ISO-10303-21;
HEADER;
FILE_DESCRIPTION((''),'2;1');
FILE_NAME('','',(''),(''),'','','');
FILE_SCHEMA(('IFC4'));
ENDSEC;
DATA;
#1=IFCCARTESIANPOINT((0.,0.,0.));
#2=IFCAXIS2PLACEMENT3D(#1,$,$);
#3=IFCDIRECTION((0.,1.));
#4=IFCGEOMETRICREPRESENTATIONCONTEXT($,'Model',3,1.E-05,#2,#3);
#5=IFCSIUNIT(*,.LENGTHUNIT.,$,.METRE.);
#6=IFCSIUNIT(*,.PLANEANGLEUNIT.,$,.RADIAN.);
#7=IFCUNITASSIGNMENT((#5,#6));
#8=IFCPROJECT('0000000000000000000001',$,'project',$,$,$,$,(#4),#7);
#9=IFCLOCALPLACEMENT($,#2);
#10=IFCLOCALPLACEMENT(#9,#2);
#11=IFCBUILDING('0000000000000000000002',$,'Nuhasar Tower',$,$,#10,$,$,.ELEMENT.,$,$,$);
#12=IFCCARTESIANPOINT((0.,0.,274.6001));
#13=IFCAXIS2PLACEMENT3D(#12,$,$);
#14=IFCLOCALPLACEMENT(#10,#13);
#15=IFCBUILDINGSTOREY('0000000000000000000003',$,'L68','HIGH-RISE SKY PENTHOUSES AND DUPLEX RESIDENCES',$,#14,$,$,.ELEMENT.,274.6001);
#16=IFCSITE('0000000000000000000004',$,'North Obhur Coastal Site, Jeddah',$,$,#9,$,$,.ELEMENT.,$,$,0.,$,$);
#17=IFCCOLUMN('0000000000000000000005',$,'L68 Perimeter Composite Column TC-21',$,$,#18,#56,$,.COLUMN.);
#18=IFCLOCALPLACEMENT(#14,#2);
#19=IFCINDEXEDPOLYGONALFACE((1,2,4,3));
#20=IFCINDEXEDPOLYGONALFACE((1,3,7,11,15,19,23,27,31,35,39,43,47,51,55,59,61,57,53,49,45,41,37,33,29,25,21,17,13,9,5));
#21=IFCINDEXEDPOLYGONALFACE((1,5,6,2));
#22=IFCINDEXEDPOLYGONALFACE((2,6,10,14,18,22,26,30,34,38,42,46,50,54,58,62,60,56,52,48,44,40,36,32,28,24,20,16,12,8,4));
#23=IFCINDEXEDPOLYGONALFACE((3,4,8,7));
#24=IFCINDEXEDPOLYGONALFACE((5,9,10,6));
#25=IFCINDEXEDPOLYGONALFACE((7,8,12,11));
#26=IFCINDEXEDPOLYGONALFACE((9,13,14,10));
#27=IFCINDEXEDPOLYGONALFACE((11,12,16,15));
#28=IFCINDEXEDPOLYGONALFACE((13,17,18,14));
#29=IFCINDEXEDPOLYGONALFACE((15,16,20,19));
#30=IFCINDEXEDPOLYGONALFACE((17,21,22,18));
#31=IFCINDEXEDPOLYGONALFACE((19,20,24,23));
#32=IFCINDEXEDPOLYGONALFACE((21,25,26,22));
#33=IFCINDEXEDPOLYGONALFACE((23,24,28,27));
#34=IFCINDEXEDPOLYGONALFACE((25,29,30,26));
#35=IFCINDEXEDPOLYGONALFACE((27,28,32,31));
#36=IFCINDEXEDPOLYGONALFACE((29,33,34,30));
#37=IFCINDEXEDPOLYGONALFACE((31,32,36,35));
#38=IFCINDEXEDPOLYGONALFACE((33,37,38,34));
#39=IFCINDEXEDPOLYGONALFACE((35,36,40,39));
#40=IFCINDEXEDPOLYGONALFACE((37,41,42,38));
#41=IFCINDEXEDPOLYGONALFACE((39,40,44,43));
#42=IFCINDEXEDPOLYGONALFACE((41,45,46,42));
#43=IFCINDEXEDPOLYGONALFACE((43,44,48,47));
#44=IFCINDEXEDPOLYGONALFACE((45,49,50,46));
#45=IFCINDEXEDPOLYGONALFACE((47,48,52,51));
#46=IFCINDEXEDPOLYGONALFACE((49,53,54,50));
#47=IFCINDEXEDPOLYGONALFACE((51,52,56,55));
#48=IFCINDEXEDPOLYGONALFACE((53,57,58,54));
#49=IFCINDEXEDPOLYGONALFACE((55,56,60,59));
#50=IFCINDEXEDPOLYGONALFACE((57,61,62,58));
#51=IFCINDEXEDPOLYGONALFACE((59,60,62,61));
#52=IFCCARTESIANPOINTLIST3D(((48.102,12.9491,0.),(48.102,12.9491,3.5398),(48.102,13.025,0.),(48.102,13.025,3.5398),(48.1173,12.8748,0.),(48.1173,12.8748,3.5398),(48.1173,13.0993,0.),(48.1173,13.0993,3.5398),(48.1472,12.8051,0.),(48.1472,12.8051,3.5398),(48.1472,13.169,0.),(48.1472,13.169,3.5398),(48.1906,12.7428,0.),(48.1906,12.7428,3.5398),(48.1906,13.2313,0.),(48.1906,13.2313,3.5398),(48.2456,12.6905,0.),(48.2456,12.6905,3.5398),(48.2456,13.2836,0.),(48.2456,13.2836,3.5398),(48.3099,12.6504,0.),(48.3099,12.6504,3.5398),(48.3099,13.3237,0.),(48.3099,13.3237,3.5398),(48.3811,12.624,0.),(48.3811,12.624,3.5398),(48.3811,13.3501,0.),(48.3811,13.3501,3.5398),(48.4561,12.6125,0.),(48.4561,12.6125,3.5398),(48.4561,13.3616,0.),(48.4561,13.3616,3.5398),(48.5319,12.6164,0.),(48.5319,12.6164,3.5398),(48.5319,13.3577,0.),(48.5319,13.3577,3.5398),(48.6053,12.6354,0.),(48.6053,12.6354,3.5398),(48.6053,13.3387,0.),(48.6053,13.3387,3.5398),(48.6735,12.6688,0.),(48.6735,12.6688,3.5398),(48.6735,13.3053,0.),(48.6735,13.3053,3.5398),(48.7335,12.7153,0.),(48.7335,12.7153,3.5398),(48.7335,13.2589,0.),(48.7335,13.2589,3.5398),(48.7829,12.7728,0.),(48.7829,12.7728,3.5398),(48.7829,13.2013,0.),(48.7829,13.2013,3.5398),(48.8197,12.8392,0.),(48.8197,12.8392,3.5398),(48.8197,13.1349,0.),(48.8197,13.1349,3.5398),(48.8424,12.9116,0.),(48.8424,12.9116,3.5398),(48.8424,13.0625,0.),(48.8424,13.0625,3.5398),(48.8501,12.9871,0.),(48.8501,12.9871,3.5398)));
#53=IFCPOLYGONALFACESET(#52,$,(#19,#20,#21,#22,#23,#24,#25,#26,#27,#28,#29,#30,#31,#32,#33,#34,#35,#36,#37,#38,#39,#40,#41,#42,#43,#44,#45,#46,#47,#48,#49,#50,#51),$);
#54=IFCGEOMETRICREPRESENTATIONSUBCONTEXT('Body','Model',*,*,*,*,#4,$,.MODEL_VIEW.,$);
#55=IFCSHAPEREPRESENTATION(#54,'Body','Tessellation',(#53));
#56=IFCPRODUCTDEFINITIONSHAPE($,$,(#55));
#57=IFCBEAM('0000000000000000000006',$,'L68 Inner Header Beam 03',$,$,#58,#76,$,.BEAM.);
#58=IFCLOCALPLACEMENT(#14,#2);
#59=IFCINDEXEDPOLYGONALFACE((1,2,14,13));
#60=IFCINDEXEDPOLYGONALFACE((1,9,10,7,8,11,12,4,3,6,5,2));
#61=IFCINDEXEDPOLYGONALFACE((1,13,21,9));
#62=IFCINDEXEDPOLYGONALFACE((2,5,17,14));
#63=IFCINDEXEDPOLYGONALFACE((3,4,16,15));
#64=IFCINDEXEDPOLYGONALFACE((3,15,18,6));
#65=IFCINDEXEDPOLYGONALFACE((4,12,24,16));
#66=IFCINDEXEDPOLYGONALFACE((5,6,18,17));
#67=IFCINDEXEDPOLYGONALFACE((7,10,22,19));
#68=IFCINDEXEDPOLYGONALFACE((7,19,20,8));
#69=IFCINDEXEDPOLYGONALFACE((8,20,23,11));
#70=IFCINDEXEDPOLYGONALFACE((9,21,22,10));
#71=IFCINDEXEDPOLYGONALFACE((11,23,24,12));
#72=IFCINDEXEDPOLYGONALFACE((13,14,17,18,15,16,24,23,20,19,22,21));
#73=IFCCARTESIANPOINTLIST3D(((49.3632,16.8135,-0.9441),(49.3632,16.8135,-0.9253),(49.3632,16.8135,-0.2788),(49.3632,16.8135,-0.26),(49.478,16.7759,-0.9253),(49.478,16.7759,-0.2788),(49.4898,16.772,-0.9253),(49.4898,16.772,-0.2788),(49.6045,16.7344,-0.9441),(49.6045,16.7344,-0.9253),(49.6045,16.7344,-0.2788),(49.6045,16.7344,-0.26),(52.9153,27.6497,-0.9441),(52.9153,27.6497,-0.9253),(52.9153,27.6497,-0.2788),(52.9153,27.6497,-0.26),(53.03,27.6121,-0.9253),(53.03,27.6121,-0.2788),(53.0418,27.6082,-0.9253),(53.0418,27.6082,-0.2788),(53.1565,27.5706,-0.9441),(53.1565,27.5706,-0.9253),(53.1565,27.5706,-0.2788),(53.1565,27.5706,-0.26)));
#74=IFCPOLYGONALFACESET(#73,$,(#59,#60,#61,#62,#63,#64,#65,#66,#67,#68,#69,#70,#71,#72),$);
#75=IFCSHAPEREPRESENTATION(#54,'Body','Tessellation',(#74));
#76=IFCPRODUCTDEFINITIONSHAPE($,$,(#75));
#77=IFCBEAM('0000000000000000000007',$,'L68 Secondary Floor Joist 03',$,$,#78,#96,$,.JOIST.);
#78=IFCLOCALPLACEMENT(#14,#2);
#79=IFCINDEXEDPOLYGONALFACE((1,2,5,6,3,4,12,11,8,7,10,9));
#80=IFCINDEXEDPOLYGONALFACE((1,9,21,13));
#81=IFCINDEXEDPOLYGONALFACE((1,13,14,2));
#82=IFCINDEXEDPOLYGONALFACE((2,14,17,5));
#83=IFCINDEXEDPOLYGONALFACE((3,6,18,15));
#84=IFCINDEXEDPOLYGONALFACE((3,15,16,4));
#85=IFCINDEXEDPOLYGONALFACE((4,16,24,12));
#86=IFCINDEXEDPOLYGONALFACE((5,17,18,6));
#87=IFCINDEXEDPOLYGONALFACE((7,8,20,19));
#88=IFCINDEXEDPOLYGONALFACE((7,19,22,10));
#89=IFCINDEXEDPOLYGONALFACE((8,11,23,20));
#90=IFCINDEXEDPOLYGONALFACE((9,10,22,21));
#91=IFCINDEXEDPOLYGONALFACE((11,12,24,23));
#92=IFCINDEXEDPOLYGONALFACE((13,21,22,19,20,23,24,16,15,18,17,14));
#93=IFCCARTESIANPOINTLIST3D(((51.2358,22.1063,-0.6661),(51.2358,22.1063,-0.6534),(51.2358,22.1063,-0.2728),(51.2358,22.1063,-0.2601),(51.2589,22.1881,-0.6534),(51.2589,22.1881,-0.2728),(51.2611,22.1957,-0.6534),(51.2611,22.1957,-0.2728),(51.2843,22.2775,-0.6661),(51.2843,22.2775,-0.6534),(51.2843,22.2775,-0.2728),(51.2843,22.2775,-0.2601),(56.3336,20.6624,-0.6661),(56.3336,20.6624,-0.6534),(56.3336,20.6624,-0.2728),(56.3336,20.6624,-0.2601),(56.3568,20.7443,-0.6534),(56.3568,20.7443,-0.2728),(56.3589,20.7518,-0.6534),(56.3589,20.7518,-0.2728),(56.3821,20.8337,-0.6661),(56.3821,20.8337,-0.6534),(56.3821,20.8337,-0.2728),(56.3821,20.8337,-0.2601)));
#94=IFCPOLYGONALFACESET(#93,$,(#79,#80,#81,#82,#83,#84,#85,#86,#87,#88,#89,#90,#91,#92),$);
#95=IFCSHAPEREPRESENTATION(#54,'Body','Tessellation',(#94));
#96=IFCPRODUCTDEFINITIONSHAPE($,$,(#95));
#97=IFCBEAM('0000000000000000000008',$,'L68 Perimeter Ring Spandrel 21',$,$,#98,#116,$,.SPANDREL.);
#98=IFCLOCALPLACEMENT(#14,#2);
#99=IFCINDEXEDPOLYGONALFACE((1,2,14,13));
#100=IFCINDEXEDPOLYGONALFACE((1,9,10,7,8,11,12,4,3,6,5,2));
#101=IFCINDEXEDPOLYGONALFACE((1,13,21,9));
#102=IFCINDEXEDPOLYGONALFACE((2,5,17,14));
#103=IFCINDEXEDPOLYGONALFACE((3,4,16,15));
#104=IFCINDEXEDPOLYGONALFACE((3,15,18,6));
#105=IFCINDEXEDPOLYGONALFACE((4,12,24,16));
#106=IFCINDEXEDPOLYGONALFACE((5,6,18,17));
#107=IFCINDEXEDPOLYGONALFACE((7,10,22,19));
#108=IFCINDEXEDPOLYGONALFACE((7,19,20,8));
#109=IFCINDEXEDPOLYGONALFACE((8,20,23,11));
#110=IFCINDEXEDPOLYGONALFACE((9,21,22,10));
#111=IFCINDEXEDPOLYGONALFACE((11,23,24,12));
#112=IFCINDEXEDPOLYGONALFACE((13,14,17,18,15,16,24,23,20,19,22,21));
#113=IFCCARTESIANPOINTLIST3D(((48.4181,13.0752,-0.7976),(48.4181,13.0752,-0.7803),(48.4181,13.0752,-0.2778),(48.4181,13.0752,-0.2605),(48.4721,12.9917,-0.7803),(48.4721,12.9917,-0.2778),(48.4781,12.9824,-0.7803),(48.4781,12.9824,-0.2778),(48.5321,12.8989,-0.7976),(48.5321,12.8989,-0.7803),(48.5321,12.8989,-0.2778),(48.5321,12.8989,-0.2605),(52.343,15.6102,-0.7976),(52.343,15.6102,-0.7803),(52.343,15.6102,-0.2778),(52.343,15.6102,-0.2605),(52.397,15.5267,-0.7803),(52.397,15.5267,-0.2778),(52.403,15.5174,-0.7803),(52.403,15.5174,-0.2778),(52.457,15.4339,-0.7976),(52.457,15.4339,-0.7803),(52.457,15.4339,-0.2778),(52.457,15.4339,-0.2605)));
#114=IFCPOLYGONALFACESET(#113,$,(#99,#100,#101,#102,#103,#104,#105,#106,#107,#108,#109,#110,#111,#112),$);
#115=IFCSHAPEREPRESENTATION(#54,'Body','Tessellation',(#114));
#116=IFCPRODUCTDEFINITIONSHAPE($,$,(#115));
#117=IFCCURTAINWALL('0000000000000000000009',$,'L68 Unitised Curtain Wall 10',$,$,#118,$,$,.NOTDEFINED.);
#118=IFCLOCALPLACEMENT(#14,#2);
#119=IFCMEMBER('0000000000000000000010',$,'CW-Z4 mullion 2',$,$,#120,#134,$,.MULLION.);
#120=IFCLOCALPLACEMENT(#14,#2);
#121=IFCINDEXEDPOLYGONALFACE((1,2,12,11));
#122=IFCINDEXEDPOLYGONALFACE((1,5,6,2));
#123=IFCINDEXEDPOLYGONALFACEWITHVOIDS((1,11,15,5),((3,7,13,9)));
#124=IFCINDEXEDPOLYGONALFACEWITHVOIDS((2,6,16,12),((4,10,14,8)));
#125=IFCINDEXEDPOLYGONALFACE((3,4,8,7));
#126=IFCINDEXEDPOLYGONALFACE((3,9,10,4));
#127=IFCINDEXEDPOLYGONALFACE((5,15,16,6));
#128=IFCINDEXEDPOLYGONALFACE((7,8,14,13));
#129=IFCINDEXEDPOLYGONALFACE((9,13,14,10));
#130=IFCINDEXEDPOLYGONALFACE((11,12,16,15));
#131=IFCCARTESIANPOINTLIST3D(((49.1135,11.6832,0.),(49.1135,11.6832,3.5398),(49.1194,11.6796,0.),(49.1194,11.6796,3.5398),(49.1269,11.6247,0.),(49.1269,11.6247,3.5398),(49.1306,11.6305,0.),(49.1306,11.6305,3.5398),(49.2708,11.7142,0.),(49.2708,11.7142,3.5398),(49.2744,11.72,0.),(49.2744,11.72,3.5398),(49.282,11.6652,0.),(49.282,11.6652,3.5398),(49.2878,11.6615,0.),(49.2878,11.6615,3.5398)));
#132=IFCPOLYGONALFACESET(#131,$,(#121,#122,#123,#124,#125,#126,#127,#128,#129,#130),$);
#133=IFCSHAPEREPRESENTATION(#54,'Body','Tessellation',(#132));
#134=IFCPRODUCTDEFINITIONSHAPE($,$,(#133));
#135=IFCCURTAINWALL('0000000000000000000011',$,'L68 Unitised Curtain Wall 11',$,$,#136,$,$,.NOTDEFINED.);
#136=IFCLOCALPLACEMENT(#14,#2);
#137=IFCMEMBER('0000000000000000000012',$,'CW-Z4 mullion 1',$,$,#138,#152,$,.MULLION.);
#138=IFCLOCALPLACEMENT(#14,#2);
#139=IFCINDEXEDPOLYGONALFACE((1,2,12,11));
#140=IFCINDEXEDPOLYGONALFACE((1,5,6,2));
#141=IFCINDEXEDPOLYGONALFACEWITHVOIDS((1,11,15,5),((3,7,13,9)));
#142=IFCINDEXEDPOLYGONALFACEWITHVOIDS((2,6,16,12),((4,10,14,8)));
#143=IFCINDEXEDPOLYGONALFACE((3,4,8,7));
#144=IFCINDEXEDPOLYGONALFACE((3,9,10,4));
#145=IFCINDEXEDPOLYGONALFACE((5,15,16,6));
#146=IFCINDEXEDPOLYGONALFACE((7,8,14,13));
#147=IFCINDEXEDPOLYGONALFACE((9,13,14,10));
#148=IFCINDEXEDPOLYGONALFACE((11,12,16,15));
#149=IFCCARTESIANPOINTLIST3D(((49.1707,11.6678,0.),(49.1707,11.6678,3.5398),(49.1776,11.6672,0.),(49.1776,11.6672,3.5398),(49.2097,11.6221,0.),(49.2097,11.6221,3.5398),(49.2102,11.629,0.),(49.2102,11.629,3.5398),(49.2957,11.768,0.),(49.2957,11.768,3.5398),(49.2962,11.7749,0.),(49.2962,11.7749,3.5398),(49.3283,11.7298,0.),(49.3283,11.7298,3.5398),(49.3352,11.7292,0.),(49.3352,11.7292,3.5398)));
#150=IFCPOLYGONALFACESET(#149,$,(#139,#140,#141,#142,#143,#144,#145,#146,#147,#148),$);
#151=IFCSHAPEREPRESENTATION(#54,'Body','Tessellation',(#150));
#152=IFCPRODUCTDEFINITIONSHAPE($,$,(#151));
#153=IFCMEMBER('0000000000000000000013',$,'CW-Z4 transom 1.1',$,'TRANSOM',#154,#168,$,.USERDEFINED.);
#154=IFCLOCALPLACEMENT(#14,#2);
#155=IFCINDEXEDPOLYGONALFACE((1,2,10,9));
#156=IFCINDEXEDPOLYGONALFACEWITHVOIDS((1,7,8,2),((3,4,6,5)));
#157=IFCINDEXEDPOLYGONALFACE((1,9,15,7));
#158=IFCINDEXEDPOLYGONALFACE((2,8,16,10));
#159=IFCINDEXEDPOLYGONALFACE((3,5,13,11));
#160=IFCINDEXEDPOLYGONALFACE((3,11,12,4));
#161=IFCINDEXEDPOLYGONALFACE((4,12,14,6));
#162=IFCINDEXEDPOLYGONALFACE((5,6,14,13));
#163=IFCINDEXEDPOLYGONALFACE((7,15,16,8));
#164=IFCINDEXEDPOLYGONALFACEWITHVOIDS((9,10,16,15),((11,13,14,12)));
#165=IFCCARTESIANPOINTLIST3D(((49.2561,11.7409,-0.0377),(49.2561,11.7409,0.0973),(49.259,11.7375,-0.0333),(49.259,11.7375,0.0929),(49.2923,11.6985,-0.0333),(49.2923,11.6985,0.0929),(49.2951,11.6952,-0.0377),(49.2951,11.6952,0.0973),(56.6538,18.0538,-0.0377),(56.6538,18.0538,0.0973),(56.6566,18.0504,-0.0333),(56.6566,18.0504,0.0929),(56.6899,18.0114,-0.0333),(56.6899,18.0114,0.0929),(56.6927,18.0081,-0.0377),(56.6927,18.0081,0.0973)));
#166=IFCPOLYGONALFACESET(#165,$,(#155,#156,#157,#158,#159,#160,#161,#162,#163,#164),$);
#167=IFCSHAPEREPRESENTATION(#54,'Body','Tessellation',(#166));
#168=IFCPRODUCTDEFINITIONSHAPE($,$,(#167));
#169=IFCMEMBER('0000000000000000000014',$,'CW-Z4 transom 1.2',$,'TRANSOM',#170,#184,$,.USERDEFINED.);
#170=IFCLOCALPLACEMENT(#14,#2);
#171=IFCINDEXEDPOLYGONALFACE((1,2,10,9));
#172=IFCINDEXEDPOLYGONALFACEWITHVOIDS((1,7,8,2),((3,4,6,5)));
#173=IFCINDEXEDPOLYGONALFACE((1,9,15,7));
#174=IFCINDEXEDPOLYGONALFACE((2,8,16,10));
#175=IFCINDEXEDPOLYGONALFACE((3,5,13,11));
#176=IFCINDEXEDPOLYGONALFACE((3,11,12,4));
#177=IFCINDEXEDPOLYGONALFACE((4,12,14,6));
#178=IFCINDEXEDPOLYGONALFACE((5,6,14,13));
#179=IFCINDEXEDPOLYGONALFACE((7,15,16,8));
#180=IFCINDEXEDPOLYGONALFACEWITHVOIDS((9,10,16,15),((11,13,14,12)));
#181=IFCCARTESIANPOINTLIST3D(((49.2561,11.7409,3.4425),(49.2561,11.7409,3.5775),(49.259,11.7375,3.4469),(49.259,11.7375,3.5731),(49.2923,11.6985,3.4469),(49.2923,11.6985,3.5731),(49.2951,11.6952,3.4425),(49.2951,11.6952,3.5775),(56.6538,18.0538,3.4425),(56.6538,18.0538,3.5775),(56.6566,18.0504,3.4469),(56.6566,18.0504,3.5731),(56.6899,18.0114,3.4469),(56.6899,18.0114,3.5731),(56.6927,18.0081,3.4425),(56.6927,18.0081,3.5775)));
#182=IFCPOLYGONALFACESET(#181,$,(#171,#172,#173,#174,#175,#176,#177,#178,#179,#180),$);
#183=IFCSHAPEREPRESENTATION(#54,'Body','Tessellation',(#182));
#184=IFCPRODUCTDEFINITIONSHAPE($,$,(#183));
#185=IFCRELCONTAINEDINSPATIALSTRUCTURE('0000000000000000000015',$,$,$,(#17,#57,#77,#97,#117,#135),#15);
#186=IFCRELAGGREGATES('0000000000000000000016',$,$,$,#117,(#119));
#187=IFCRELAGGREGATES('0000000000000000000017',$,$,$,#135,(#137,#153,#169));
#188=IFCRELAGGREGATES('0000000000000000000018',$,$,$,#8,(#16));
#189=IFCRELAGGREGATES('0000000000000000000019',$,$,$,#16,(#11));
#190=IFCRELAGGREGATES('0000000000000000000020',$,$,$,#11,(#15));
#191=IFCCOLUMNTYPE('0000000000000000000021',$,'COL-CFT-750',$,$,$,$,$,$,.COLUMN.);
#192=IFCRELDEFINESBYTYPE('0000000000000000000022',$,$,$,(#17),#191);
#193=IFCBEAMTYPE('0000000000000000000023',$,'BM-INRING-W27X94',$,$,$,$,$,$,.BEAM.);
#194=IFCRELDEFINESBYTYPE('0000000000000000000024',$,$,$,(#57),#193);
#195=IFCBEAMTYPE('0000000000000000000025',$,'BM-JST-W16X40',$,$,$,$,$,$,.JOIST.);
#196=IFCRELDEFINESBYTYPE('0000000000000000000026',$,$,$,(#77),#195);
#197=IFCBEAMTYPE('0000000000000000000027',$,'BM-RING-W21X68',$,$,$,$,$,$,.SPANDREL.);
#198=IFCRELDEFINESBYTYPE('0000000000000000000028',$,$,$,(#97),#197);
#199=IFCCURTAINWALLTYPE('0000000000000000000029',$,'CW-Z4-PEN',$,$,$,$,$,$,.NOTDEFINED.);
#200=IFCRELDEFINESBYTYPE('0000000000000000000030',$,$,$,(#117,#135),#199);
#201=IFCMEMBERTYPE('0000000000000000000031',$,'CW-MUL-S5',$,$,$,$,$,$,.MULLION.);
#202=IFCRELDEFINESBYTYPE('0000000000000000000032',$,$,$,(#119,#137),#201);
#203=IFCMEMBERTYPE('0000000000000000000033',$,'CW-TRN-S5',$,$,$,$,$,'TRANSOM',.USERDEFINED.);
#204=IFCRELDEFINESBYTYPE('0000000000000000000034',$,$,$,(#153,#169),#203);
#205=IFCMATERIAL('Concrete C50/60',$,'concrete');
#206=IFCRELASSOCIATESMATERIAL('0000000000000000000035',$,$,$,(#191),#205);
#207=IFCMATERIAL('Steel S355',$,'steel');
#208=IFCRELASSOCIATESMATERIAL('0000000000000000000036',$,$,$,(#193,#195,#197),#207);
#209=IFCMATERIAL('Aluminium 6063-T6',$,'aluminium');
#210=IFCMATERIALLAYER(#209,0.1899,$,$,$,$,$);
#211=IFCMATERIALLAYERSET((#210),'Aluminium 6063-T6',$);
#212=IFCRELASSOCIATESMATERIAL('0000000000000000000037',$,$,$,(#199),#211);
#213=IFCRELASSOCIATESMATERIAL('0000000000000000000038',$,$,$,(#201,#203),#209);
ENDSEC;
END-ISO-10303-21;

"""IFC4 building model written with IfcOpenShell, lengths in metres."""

from ifc_helpers import new_model, si_unit, direction, frame, origin, origin_2d, place, context, subcontext, project, spatial, hollow_rectangle, circle, i_section, extrude, material, layer, layer_set, material_profile, profile_set, type_object, element, aggregate, save


model = new_model("IFC4")

# Units and contexts
model_context = context("Model", 3, precision=1e-05, world=origin(), true_north=direction((0.0, 1.0)))
body_context = subcontext(model_context, "Body", "Model", "MODEL_VIEW")
ifc_project = project(units=[si_unit("LENGTHUNIT", "METRE"), si_unit("PLANEANGLEUNIT", "RADIAN")], contexts=[model_context])

# Site, building, storey
site_placement = place(None, origin())
site = spatial("IfcSite", under=ifc_project, at=site_placement, Name="North Obhur Coastal Site, Jeddah", CompositionType="ELEMENT", RefElevation=0.0)
building_placement = place(site_placement, origin())
building = spatial("IfcBuilding", under=site, at=building_placement, Name="Nuhasar Tower", CompositionType="ELEMENT")
storey_placement = place(building_placement, frame((0.0, 0.0, 274.6001)))
storey = spatial("IfcBuildingStorey", under=building, at=storey_placement, Name="L68", Description="HIGH-RISE SKY PENTHOUSES AND DUPLEX RESIDENCES", CompositionType="ELEMENT", Elevation=274.6001)

# Column
ifc_material_1 = material(Name="Concrete C50/60", Category="concrete")
ifc_material_profile_1 = material_profile(ifc_material_1, circle(Radius=0.375, at=origin_2d()), Name="CFT750")
ifc_profile_set_1 = profile_set([ifc_material_profile_1], Name="Concrete C50/60")
column_type = type_object("IfcColumnType", Name="COL-CFT-750", PredefinedType="COLUMN", material=ifc_profile_set_1)
column_placement = place(storey_placement, frame((48.4751, 12.9871, 0.0), z_axis=(0.0, 0.0, 1.0), x_axis=(1.0, 0.0, 0.0)))
element("IfcColumn", 1, at=column_placement, inside=storey, type_object=column_type, Name="L68 Perimeter Composite Column TC-21", PredefinedType="COLUMN", context=body_context, shape_type="SweptSolid", body=[
    extrude(circle(Radius=0.375, at=origin_2d()), origin(), (0.0, 0.0, 1.0), 3.5398),
])

# Beams
ifc_material_2 = material(Name="Steel S355", Category="steel")
ifc_material_profile_2 = material_profile(ifc_material_2, i_section(OverallWidth=0.2539, OverallDepth=0.6841, WebThickness=0.0125, FlangeThickness=0.0188, at=origin_2d()), Name="W27X94")
ifc_profile_set_2 = profile_set([ifc_material_profile_2], Name="Steel S355")
beam_type_1 = type_object("IfcBeamType", Name="BM-INRING-W27X94", PredefinedType="BEAM", material=ifc_profile_set_2)
beam_1_placement = place(storey_placement, frame((49.4839, 16.7739, -0.6021), z_axis=(0.311484, 0.950251, 0.0), x_axis=(-0.950251, 0.311484, 0.0)))
element("IfcBeam", 2, at=beam_1_placement, inside=storey, type_object=beam_type_1, Name="L68 Inner Header Beam 03", PredefinedType="BEAM", context=body_context, shape_type="SweptSolid", body=[
    extrude(i_section(OverallWidth=0.2539, OverallDepth=0.6841, WebThickness=0.0125, FlangeThickness=0.0188, at=origin_2d()), origin(), (0.0, 0.0, 1.0), 11.4036),
])
ifc_material_profile_3 = material_profile(ifc_material_2, i_section(OverallWidth=0.178, OverallDepth=0.406, WebThickness=0.0078, FlangeThickness=0.0127, at=origin_2d()), Name="W16X40")
ifc_profile_set_3 = profile_set([ifc_material_profile_3], Name="Steel S355")
beam_type_2 = type_object("IfcBeamType", Name="BM-JST-W16X40", PredefinedType="JOIST", material=ifc_profile_set_3)
beam_2_placement = place(storey_placement, frame((51.26, 22.1919, -0.4631), z_axis=(0.962154, -0.272505, 0.0), x_axis=(0.272505, 0.962154, 0.0)))
element("IfcBeam", 3, at=beam_2_placement, inside=storey, type_object=beam_type_2, Name="L68 Secondary Floor Joist 03", PredefinedType="JOIST", context=body_context, shape_type="SweptSolid", body=[
    extrude(i_section(OverallWidth=0.178, OverallDepth=0.406, WebThickness=0.0078, FlangeThickness=0.0127, at=origin_2d()), origin(), (0.0, 0.0, 1.0), 5.2983),
])
ifc_material_profile_4 = material_profile(ifc_material_2, i_section(OverallWidth=0.21, OverallDepth=0.5371, WebThickness=0.011, FlangeThickness=0.0173, at=origin_2d()), Name="W21X68")
ifc_profile_set_4 = profile_set([ifc_material_profile_4], Name="Steel S355")
beam_type_3 = type_object("IfcBeamType", Name="BM-RING-W21X68", PredefinedType="SPANDREL", material=ifc_profile_set_4)
beam_3_placement = place(storey_placement, frame((48.4751, 12.9871, -0.5291), z_axis=(0.840025, 0.542547, 0.0), x_axis=(-0.542547, 0.840025, 0.0)))
element("IfcBeam", 4, at=beam_3_placement, inside=storey, type_object=beam_type_3, Name="L68 Perimeter Ring Spandrel 21", PredefinedType="SPANDREL", context=body_context, shape_type="SweptSolid", body=[
    extrude(i_section(OverallWidth=0.21, OverallDepth=0.5371, WebThickness=0.011, FlangeThickness=0.0173, at=origin_2d()), origin(), (0.0, 0.0, 1.0), 4.6724),
])

# Curtain wall, member
ifc_material_3 = material(Name="Aluminium 6063-T6", Category="aluminium")
ifc_layer_1 = layer(ifc_material_3, 0.1899)
ifc_layer_set_1 = layer_set([ifc_layer_1], Name="Aluminium 6063-T6")
curtain_wall_type = type_object("IfcCurtainWallType", Name="CW-Z4-PEN", PredefinedType="NOTDEFINED", material=ifc_layer_set_1)
curtain_wall_1_placement = place(storey_placement, origin())
curtain_wall_1 = element("IfcCurtainWall", 5, at=curtain_wall_1_placement, inside=storey, type_object=curtain_wall_type, Name="L68 Unitised Curtain Wall 10", PredefinedType="NOTDEFINED")
ifc_material_profile_5 = material_profile(ifc_material_3, hollow_rectangle(XDim=0.0601, YDim=0.165, WallThickness=0.0049, at=origin_2d()), Name="CWM-5")
ifc_profile_set_5 = profile_set([ifc_material_profile_5], Name="Aluminium 6063-T6")
member_type_1 = type_object("IfcMemberType", Name="CW-MUL-S5", PredefinedType="MULLION", material=ifc_profile_set_5)
member_1_placement = place(storey_placement, frame((49.2007, 11.6724, 0.0), z_axis=(0.0, 0.0, 1.0), x_axis=(-0.222889, 0.974844, 0.0)))
member_1 = element("IfcMember", 6, at=member_1_placement, type_object=member_type_1, Name="CW-Z4 mullion 2", PredefinedType="MULLION", context=body_context, shape_type="SweptSolid", body=[
    extrude(hollow_rectangle(XDim=0.0601, YDim=0.165, WallThickness=0.0049, at=origin_2d()), origin(), (0.0, 0.0, 1.0), 3.5398),
])
aggregate(curtain_wall_1, [member_1])

# Curtain wall, members
curtain_wall_2_placement = place(storey_placement, origin())
curtain_wall_2 = element("IfcCurtainWall", 7, at=curtain_wall_2_placement, inside=storey, type_object=curtain_wall_type, Name="L68 Unitised Curtain Wall 11", PredefinedType="NOTDEFINED")
member_2_placement = place(storey_placement, frame((49.2529, 11.6985, 0.0), z_axis=(0.0, 0.0, 1.0), x_axis=(-0.649142, 0.760667, 0.0)))
member_2 = element("IfcMember", 8, at=member_2_placement, type_object=member_type_1, Name="CW-Z4 mullion 1", PredefinedType="MULLION", context=body_context, shape_type="SweptSolid", body=[
    extrude(hollow_rectangle(XDim=0.0601, YDim=0.165, WallThickness=0.0049, at=origin_2d()), origin(), (0.0, 0.0, 1.0), 3.5398),
])
ifc_material_profile_6 = material_profile(ifc_material_3, hollow_rectangle(XDim=0.0601, YDim=0.135, WallThickness=0.0044, at=origin_2d()), Name="CWT-5")
ifc_profile_set_6 = profile_set([ifc_material_profile_6], Name="Aluminium 6063-T6")
member_type_2 = type_object("IfcMemberType", Name="CW-TRN-S5", ElementType="TRANSOM", PredefinedType="USERDEFINED", material=ifc_profile_set_6)
member_3_placement = place(storey_placement, frame((49.2756, 11.718, 0.0298), z_axis=(0.760672, 0.649136, 0.0), x_axis=(-0.649136, 0.760672, 0.0)))
member_3 = element("IfcMember", 9, at=member_3_placement, type_object=member_type_2, Name="CW-Z4 transom 1.1", ObjectType="TRANSOM", PredefinedType="USERDEFINED", context=body_context, shape_type="SweptSolid", body=[
    extrude(hollow_rectangle(XDim=0.0601, YDim=0.135, WallThickness=0.0044, at=origin_2d()), origin(), (0.0, 0.0, 1.0), 9.7251),
])
member_4_placement = place(storey_placement, frame((49.2756, 11.718, 3.51), z_axis=(0.760672, 0.649136, 0.0), x_axis=(-0.649136, 0.760672, 0.0)))
member_4 = element("IfcMember", 10, at=member_4_placement, type_object=member_type_2, Name="CW-Z4 transom 1.2", ObjectType="TRANSOM", PredefinedType="USERDEFINED", context=body_context, shape_type="SweptSolid", body=[
    extrude(hollow_rectangle(XDim=0.0601, YDim=0.135, WallThickness=0.0044, at=origin_2d()), origin(), (0.0, 0.0, 1.0), 9.7251),
])
aggregate(curtain_wall_2, [member_2, member_3, member_4])

save(model, "model.ifc")
